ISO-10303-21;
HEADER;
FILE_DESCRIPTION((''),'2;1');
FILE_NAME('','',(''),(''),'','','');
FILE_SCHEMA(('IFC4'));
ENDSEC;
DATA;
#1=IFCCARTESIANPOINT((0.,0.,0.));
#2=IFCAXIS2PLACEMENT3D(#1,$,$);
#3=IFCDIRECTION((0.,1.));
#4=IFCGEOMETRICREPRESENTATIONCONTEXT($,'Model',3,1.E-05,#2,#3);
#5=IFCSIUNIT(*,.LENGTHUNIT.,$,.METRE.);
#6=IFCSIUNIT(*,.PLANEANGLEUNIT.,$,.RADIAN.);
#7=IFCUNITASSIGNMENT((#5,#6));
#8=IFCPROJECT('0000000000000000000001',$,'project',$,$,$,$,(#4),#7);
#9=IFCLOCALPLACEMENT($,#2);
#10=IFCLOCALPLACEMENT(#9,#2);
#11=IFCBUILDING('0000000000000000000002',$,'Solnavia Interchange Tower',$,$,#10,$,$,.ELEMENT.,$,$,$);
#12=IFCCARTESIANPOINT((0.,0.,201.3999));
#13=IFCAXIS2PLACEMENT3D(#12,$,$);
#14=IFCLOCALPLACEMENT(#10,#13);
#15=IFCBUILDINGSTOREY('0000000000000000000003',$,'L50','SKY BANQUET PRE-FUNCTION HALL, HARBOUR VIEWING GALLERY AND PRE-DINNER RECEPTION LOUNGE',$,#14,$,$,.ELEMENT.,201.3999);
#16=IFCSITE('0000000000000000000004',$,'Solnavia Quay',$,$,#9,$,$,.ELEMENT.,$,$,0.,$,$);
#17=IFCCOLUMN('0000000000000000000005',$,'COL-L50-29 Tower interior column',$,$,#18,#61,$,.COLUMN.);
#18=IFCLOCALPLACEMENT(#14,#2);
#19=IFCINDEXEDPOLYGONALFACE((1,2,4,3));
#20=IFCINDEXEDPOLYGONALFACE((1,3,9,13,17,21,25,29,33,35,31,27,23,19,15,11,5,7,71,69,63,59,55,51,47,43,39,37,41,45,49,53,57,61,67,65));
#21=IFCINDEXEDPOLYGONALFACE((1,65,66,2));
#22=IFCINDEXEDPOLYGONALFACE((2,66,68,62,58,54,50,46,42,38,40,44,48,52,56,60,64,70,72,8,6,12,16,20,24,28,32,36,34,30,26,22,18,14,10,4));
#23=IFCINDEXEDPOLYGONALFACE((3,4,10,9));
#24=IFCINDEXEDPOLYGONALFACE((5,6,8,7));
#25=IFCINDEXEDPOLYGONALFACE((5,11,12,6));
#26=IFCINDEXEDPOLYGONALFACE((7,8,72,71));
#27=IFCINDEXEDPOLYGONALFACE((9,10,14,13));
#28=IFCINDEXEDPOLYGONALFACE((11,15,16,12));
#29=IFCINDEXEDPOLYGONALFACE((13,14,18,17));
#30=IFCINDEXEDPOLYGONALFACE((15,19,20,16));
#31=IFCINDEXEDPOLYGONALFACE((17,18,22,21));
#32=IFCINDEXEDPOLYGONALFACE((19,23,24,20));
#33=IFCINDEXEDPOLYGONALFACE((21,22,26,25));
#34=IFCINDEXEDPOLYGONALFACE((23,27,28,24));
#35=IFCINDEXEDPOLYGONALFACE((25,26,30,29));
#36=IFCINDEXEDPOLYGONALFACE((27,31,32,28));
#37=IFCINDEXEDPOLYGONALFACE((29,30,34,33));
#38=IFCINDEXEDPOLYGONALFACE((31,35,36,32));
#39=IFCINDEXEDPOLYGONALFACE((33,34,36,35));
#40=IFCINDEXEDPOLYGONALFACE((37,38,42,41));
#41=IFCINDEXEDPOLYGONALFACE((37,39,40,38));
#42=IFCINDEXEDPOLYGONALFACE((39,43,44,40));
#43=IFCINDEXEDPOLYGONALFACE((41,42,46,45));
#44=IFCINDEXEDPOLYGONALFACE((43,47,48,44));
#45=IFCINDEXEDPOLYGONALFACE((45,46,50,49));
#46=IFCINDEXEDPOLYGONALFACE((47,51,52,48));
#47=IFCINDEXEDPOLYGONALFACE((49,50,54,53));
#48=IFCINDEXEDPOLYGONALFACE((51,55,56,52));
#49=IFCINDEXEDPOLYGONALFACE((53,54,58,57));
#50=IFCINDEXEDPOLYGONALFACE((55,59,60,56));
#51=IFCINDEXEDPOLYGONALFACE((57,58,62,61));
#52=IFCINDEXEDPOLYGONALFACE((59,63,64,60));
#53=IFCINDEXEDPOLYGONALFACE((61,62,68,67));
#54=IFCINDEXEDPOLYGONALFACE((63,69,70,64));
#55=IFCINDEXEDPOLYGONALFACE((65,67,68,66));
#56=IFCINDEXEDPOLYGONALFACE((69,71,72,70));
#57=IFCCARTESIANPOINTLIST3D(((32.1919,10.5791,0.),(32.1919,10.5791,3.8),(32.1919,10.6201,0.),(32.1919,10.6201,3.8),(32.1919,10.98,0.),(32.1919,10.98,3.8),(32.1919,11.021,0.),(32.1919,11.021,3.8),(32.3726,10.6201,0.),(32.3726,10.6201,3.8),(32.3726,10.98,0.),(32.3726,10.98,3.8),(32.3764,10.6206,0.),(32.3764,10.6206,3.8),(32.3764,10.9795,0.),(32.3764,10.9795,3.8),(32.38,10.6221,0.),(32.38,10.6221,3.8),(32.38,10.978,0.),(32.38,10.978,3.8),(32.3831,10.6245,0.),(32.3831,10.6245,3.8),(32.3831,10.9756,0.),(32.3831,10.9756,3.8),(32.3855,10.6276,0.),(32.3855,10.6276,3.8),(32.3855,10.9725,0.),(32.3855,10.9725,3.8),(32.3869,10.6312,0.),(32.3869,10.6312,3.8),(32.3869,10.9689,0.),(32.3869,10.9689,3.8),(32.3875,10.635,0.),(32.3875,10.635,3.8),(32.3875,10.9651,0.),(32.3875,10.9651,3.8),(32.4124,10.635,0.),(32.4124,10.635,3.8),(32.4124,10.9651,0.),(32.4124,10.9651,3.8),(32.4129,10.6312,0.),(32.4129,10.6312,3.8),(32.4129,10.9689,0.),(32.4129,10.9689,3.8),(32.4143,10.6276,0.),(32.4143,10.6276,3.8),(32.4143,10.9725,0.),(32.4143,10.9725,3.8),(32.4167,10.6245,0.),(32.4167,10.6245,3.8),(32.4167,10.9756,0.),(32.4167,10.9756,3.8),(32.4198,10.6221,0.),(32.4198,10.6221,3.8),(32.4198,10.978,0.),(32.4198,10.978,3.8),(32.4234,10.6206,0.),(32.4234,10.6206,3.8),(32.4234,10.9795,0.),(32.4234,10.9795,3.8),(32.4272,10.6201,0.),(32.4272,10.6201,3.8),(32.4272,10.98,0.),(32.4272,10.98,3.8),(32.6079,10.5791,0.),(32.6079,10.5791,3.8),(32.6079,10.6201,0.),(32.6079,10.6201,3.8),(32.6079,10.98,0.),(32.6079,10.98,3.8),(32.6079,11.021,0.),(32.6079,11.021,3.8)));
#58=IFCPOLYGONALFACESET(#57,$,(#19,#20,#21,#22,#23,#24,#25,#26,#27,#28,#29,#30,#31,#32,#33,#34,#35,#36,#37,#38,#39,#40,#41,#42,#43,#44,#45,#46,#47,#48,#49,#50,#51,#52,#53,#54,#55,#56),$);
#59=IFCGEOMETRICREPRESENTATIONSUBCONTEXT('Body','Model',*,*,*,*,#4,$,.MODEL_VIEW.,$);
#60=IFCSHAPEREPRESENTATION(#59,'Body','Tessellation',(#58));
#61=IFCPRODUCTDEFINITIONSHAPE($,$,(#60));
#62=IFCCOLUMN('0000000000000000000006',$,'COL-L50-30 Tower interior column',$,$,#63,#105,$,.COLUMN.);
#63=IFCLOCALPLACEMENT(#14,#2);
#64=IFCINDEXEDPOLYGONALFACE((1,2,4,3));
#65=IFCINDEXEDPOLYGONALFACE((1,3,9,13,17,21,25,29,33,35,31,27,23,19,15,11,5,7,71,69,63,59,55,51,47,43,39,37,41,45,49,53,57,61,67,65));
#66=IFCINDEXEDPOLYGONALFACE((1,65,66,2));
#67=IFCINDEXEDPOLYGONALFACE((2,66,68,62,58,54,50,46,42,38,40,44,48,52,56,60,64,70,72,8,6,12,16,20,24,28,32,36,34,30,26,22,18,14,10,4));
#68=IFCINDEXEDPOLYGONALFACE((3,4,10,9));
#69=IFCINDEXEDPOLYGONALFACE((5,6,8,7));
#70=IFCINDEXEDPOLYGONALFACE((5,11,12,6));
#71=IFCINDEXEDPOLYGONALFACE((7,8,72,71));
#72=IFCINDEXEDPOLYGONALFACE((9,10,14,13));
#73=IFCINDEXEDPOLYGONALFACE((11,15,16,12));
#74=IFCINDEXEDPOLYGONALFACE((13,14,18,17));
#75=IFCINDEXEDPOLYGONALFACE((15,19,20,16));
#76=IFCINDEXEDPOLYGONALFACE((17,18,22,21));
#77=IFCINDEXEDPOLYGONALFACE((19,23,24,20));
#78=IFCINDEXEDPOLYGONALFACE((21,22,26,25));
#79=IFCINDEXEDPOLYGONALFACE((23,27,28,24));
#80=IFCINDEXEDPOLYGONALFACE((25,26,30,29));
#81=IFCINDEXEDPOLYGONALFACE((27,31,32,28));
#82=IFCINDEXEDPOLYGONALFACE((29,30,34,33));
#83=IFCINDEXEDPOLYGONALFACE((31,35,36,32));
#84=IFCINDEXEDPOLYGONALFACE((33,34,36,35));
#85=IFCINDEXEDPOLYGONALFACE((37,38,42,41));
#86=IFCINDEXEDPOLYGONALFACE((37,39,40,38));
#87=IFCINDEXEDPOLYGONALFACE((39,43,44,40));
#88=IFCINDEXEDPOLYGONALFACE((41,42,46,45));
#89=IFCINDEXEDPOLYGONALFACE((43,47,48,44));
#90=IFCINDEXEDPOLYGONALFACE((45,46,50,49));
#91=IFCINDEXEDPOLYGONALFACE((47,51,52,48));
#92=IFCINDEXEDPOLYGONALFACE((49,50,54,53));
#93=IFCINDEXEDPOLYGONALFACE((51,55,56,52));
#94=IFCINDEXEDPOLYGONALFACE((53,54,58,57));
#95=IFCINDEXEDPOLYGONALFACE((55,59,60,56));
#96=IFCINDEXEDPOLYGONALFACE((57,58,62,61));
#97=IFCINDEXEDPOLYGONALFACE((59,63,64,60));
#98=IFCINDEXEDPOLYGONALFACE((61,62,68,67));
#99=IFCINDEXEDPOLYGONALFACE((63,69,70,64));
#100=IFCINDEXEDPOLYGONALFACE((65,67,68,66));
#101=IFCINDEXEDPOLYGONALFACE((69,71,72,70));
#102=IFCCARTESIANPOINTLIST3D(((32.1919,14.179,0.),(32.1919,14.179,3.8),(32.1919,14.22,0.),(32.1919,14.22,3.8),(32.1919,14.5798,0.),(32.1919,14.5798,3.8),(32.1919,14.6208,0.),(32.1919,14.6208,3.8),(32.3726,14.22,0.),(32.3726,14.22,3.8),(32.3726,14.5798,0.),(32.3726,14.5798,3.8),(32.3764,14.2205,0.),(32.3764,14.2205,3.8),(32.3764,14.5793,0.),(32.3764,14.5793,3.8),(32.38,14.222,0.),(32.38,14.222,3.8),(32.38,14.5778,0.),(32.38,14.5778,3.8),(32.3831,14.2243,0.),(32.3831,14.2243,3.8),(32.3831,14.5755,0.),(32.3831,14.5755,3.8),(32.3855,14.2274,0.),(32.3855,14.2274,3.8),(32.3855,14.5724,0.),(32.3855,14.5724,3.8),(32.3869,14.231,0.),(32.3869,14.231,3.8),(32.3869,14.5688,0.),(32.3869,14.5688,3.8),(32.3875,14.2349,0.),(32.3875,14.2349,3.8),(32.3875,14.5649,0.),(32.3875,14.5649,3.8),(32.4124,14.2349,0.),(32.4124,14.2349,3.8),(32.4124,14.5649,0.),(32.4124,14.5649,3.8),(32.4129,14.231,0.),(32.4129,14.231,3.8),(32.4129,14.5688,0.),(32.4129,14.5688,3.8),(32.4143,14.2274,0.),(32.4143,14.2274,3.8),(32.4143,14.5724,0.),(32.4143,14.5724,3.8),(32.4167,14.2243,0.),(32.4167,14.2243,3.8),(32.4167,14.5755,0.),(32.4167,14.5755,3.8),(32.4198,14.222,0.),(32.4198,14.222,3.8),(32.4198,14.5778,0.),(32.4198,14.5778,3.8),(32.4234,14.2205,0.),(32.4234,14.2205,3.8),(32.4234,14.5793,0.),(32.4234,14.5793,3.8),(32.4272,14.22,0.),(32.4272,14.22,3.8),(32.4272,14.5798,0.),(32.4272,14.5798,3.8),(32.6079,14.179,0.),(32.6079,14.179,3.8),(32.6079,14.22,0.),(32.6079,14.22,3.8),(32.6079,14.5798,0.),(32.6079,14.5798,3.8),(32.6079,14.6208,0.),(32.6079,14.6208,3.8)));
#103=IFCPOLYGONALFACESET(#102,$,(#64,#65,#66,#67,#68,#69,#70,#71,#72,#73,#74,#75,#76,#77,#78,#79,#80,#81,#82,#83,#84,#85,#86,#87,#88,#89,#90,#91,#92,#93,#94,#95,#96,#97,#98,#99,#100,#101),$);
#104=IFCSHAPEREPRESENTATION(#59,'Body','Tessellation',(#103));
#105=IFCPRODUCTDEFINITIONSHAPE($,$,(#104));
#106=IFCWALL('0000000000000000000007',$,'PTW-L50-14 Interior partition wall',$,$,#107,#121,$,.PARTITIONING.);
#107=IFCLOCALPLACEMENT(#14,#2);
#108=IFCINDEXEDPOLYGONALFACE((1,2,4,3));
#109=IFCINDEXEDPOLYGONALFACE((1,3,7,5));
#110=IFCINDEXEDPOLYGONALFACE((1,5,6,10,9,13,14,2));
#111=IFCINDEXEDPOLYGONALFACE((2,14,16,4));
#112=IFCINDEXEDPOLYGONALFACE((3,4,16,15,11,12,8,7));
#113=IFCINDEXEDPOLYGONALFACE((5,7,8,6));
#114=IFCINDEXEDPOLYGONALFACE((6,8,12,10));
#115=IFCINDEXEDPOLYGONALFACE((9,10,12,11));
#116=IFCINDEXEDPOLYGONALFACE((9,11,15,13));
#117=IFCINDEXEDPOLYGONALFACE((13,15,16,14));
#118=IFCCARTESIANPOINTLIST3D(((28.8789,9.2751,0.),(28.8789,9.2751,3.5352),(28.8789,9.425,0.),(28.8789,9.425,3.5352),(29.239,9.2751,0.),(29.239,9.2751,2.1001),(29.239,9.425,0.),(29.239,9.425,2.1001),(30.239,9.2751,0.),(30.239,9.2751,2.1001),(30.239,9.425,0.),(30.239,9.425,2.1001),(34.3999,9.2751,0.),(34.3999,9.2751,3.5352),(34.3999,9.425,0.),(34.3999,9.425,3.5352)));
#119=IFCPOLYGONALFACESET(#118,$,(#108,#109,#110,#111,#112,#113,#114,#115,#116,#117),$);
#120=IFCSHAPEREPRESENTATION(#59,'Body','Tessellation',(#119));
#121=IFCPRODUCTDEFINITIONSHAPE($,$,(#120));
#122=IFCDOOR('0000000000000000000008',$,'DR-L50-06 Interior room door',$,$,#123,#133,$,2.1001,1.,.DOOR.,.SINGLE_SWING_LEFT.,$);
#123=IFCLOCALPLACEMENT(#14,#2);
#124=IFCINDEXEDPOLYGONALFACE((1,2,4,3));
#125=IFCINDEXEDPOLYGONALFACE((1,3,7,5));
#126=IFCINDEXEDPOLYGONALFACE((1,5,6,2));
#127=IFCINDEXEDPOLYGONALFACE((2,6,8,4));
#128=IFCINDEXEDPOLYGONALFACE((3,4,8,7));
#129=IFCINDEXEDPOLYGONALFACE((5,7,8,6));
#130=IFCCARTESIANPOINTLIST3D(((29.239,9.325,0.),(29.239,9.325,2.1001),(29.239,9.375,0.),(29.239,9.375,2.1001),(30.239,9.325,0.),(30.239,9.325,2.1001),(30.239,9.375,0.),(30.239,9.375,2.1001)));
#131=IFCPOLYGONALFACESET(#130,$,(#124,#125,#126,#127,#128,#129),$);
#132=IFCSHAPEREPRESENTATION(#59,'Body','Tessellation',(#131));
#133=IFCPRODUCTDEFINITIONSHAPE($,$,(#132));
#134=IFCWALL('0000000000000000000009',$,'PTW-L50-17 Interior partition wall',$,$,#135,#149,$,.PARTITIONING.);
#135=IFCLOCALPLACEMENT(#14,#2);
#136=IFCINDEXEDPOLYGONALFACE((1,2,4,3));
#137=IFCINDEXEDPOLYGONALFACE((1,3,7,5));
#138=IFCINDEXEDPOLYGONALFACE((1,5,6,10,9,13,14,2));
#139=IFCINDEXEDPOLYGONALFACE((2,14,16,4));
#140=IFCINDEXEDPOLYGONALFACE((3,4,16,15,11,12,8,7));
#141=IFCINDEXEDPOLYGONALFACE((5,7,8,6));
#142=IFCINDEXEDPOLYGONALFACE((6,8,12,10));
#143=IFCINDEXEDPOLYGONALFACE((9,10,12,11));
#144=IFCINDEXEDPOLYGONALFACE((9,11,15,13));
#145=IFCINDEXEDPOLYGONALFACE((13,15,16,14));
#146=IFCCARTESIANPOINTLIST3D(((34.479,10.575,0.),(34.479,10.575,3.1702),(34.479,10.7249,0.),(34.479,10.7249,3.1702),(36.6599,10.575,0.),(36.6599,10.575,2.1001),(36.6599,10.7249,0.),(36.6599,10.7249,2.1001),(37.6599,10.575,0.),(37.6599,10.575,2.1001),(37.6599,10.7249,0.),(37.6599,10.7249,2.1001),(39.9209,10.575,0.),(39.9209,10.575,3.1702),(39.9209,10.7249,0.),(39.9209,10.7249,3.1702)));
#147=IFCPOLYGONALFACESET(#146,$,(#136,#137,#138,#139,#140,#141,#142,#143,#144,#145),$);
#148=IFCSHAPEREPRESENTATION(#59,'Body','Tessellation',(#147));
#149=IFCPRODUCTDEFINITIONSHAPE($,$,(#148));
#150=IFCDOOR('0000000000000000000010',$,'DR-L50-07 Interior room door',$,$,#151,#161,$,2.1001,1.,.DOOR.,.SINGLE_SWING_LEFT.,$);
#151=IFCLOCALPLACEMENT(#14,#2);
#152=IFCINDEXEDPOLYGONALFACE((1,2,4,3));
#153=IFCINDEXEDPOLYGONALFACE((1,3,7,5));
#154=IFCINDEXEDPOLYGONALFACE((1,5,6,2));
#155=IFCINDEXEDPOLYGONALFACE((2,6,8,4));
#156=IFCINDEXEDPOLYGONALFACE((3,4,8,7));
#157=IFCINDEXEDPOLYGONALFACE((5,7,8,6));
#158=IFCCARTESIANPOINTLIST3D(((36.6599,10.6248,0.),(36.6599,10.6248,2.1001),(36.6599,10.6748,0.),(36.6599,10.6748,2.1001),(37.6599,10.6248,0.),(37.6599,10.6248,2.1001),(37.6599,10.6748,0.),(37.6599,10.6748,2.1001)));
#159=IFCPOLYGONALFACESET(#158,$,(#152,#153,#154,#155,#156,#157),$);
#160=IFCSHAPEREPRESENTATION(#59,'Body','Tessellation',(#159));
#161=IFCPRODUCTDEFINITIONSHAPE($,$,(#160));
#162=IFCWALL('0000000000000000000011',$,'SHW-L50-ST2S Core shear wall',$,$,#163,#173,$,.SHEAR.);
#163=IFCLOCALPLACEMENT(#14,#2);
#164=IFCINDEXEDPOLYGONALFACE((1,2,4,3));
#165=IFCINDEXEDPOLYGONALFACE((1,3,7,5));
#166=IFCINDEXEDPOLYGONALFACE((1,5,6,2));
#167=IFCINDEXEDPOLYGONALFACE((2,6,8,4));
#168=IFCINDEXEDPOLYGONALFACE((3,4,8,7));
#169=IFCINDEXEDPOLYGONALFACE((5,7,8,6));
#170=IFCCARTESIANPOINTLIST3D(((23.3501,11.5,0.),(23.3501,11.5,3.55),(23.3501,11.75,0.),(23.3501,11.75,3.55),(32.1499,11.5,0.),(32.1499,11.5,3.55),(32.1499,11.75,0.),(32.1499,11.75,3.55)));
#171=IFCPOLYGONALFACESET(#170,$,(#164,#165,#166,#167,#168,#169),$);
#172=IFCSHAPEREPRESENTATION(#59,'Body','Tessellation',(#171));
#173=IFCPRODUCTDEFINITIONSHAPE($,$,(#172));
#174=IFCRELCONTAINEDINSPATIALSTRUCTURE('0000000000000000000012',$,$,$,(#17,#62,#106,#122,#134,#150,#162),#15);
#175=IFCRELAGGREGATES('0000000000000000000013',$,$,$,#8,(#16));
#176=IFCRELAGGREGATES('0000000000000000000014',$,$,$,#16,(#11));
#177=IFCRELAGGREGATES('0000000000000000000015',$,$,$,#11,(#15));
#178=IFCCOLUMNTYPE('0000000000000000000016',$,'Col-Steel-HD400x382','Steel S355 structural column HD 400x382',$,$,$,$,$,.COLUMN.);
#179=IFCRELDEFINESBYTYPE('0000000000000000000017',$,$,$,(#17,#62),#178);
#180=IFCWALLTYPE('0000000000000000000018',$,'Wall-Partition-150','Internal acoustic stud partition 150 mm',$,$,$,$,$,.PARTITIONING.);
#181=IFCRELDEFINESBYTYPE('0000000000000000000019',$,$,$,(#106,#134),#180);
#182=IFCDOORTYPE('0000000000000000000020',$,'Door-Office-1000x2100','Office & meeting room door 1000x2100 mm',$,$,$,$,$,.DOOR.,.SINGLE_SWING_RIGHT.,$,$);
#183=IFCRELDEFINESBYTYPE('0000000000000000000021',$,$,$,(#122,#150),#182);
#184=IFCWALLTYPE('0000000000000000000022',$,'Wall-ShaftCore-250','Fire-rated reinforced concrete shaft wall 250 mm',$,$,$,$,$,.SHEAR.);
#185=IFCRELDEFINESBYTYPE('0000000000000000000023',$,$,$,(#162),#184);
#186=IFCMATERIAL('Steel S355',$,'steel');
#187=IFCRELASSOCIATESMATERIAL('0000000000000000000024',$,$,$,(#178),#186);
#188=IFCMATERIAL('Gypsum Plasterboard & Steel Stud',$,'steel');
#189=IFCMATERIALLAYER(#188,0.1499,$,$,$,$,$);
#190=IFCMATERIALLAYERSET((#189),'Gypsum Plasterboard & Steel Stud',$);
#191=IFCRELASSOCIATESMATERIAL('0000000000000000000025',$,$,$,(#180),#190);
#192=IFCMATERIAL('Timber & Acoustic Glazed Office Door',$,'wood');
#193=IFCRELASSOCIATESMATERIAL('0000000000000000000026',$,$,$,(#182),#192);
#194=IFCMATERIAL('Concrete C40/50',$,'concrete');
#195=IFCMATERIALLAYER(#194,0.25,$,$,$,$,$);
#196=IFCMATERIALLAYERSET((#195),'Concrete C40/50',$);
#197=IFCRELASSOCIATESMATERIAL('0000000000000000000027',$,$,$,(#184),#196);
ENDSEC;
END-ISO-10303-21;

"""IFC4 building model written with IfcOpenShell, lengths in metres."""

from ifc_helpers import new_model, si_unit, direction, frame, frame_2d, origin, origin_2d, place, context, subcontext, project, spatial, rectangle, i_section, extrude, material, layer, layer_set, material_profile, profile_set, type_object, element, fill, save


model = new_model("IFC4")

# Units and contexts
model_context = context("Model", 3, precision=1e-05, world=origin(), true_north=direction((0.0, 1.0)))
body_context = subcontext(model_context, "Body", "Model", "MODEL_VIEW")
ifc_project = project(units=[si_unit("LENGTHUNIT", "METRE"), si_unit("PLANEANGLEUNIT", "RADIAN")], contexts=[model_context])

# Site, building, storey
site_placement = place(None, origin())
site = spatial("IfcSite", under=ifc_project, at=site_placement, Name="Solnavia Quay", CompositionType="ELEMENT", RefElevation=0.0)
building_placement = place(site_placement, origin())
building = spatial("IfcBuilding", under=site, at=building_placement, Name="Solnavia Interchange Tower", CompositionType="ELEMENT")
storey_placement = place(building_placement, frame((0.0, 0.0, 201.3999)))
storey = spatial("IfcBuildingStorey", under=building, at=storey_placement, Name="L50", Description="SKY BANQUET PRE-FUNCTION HALL, HARBOUR VIEWING GALLERY AND PRE-DINNER RECEPTION LOUNGE", CompositionType="ELEMENT", Elevation=201.3999)

# Columns
ifc_material_1 = material(Name="Steel S355", Category="steel")
ifc_material_profile = material_profile(ifc_material_1, i_section(OverallWidth=0.416, OverallDepth=0.4419, WebThickness=0.0249, FlangeThickness=0.041, FilletRadius=0.0149, at=origin_2d()), Name="HD 400x382")
ifc_profile_set = profile_set([ifc_material_profile], Name="Steel S355")
column_type = type_object("IfcColumnType", Name="Col-Steel-HD400x382", Description="Steel S355 structural column HD 400x382", PredefinedType="COLUMN", material=ifc_profile_set)
for number, where, z_axis, x_axis, name in (
    (1, (32.3999, 10.8, 0.0), (0.0, 0.0, 1.0), (1.0, 0.0, 0.0), "COL-L50-29 Tower interior column"),
    (2, (32.3999, 14.3999, 0.0), (0.0, 0.0, 1.0), (1.0, 0.0, 0.0), "COL-L50-30 Tower interior column"),
):
    element("IfcColumn", number, at=place(storey_placement, frame(where, z_axis=z_axis, x_axis=x_axis)), inside=storey, type_object=column_type, Name=name, PredefinedType="COLUMN", context=body_context, shape_type="SweptSolid", body=[
        extrude(i_section(OverallWidth=0.416, OverallDepth=0.4419, WebThickness=0.0249, FlangeThickness=0.041, FilletRadius=0.0149, at=origin_2d()), origin(), (0.0, 0.0, 1.0), 3.8),
    ])

# Walls, openings, doors
ifc_material_2 = material(Name="Gypsum Plasterboard & Steel Stud", Category="steel")
ifc_layer_1 = layer(ifc_material_2, 0.1499)
ifc_layer_set_1 = layer_set([ifc_layer_1], Name="Gypsum Plasterboard & Steel Stud")
wall_type_1 = type_object("IfcWallType", Name="Wall-Partition-150", Description="Internal acoustic stud partition 150 mm", PredefinedType="PARTITIONING", material=ifc_layer_set_1)
wall_1_placement = place(storey_placement, frame((28.8789, 9.3501, 0.0), z_axis=(0.0, 0.0, 1.0), x_axis=(1.0, 0.0, 0.0)))
wall_1 = element("IfcWall", 3, at=wall_1_placement, inside=storey, type_object=wall_type_1, Name="PTW-L50-14 Interior partition wall", PredefinedType="PARTITIONING", context=body_context, shape_type="SweptSolid", body=[
    extrude(rectangle(XDim=5.521, YDim=0.1499, at=frame_2d((2.7605, 0.0))), origin(), (0.0, 0.0, 1.0), 3.5352),
])
opening_1_placement = place(wall_1_placement, frame((0.3601, 0.0, 0.0)))
opening_1 = element("IfcOpeningElement", 4, at=opening_1_placement, cuts=wall_1, PredefinedType="OPENING", context=body_context, shape_type="SweptSolid", body=[
    extrude(rectangle(XDim=1.0, YDim=2.1001, at=frame_2d((0.5, 1.05))), frame((0.0, 0.085, 0.0), z_axis=(0.0, -1.0, 0.0), x_axis=(1.0, 0.0, 0.0)), (0.0, 0.0, 1.0), 0.1699),
])
ifc_material_3 = material(Name="Timber & Acoustic Glazed Office Door", Category="wood")
door_type_1 = type_object("IfcDoorType", Name="Door-Office-1000x2100", Description="Office & meeting room door 1000x2100 mm", OperationType="SINGLE_SWING_RIGHT", PredefinedType="DOOR", material=ifc_material_3)
door_1_placement = place(opening_1_placement, origin())
door_1 = element("IfcDoor", 5, at=door_1_placement, inside=storey, type_object=door_type_1, Name="DR-L50-06 Interior room door", OperationType="SINGLE_SWING_LEFT", OverallHeight=2.1001, OverallWidth=1.0, PredefinedType="DOOR", context=body_context, shape_type="SweptSolid", body=[
    extrude(rectangle(XDim=1.0, YDim=2.1001, at=frame_2d((0.5, 1.05))), frame((0.0, 0.0249, 0.0), z_axis=(0.0, -1.0, 0.0), x_axis=(1.0, 0.0, 0.0)), (0.0, 0.0, 1.0), 0.05),
])
fill(opening_1, door_1)
wall_2_placement = place(storey_placement, frame((34.479, 10.6499, 0.0), z_axis=(0.0, 0.0, 1.0), x_axis=(1.0, 0.0, 0.0)))
wall_2 = element("IfcWall", 6, at=wall_2_placement, inside=storey, type_object=wall_type_1, Name="PTW-L50-17 Interior partition wall", PredefinedType="PARTITIONING", context=body_context, shape_type="SweptSolid", body=[
    extrude(rectangle(XDim=5.4419, YDim=0.1499, at=frame_2d((2.7209, 0.0))), origin(), (0.0, 0.0, 1.0), 3.1702),
])
opening_2_placement = place(wall_2_placement, frame((2.1809, 0.0, 0.0)))
opening_2 = element("IfcOpeningElement", 7, at=opening_2_placement, cuts=wall_2, PredefinedType="OPENING", context=body_context, shape_type="SweptSolid", body=[
    extrude(rectangle(XDim=1.0, YDim=2.1001, at=frame_2d((0.5, 1.05))), frame((0.0, 0.085, 0.0), z_axis=(0.0, -1.0, 0.0), x_axis=(1.0, 0.0, 0.0)), (0.0, 0.0, 1.0), 0.1699),
])
door_2_placement = place(opening_2_placement, origin())
door_2 = element("IfcDoor", 8, at=door_2_placement, inside=storey, type_object=door_type_1, Name="DR-L50-07 Interior room door", OperationType="SINGLE_SWING_LEFT", OverallHeight=2.1001, OverallWidth=1.0, PredefinedType="DOOR", context=body_context, shape_type="SweptSolid", body=[
    extrude(rectangle(XDim=1.0, YDim=2.1001, at=frame_2d((0.5, 1.05))), frame((0.0, 0.0249, 0.0), z_axis=(0.0, -1.0, 0.0), x_axis=(1.0, 0.0, 0.0)), (0.0, 0.0, 1.0), 0.05),
])
fill(opening_2, door_2)

# Wall
ifc_material_4 = material(Name="Concrete C40/50", Category="concrete")
ifc_layer_2 = layer(ifc_material_4, 0.25)
ifc_layer_set_2 = layer_set([ifc_layer_2], Name="Concrete C40/50")
wall_type_2 = type_object("IfcWallType", Name="Wall-ShaftCore-250", Description="Fire-rated reinforced concrete shaft wall 250 mm", PredefinedType="SHEAR", material=ifc_layer_set_2)
wall_3_placement = place(storey_placement, frame((23.3501, 11.625, 0.0), z_axis=(0.0, 0.0, 1.0), x_axis=(1.0, 0.0, 0.0)))
element("IfcWall", 9, at=wall_3_placement, inside=storey, type_object=wall_type_2, Name="SHW-L50-ST2S Core shear wall", PredefinedType="SHEAR", context=body_context, shape_type="SweptSolid", body=[
    extrude(rectangle(XDim=8.7998, YDim=0.25, at=frame_2d((4.3999, 0.0))), origin(), (0.0, 0.0, 1.0), 3.55),
])

save(model, "model.ifc")
